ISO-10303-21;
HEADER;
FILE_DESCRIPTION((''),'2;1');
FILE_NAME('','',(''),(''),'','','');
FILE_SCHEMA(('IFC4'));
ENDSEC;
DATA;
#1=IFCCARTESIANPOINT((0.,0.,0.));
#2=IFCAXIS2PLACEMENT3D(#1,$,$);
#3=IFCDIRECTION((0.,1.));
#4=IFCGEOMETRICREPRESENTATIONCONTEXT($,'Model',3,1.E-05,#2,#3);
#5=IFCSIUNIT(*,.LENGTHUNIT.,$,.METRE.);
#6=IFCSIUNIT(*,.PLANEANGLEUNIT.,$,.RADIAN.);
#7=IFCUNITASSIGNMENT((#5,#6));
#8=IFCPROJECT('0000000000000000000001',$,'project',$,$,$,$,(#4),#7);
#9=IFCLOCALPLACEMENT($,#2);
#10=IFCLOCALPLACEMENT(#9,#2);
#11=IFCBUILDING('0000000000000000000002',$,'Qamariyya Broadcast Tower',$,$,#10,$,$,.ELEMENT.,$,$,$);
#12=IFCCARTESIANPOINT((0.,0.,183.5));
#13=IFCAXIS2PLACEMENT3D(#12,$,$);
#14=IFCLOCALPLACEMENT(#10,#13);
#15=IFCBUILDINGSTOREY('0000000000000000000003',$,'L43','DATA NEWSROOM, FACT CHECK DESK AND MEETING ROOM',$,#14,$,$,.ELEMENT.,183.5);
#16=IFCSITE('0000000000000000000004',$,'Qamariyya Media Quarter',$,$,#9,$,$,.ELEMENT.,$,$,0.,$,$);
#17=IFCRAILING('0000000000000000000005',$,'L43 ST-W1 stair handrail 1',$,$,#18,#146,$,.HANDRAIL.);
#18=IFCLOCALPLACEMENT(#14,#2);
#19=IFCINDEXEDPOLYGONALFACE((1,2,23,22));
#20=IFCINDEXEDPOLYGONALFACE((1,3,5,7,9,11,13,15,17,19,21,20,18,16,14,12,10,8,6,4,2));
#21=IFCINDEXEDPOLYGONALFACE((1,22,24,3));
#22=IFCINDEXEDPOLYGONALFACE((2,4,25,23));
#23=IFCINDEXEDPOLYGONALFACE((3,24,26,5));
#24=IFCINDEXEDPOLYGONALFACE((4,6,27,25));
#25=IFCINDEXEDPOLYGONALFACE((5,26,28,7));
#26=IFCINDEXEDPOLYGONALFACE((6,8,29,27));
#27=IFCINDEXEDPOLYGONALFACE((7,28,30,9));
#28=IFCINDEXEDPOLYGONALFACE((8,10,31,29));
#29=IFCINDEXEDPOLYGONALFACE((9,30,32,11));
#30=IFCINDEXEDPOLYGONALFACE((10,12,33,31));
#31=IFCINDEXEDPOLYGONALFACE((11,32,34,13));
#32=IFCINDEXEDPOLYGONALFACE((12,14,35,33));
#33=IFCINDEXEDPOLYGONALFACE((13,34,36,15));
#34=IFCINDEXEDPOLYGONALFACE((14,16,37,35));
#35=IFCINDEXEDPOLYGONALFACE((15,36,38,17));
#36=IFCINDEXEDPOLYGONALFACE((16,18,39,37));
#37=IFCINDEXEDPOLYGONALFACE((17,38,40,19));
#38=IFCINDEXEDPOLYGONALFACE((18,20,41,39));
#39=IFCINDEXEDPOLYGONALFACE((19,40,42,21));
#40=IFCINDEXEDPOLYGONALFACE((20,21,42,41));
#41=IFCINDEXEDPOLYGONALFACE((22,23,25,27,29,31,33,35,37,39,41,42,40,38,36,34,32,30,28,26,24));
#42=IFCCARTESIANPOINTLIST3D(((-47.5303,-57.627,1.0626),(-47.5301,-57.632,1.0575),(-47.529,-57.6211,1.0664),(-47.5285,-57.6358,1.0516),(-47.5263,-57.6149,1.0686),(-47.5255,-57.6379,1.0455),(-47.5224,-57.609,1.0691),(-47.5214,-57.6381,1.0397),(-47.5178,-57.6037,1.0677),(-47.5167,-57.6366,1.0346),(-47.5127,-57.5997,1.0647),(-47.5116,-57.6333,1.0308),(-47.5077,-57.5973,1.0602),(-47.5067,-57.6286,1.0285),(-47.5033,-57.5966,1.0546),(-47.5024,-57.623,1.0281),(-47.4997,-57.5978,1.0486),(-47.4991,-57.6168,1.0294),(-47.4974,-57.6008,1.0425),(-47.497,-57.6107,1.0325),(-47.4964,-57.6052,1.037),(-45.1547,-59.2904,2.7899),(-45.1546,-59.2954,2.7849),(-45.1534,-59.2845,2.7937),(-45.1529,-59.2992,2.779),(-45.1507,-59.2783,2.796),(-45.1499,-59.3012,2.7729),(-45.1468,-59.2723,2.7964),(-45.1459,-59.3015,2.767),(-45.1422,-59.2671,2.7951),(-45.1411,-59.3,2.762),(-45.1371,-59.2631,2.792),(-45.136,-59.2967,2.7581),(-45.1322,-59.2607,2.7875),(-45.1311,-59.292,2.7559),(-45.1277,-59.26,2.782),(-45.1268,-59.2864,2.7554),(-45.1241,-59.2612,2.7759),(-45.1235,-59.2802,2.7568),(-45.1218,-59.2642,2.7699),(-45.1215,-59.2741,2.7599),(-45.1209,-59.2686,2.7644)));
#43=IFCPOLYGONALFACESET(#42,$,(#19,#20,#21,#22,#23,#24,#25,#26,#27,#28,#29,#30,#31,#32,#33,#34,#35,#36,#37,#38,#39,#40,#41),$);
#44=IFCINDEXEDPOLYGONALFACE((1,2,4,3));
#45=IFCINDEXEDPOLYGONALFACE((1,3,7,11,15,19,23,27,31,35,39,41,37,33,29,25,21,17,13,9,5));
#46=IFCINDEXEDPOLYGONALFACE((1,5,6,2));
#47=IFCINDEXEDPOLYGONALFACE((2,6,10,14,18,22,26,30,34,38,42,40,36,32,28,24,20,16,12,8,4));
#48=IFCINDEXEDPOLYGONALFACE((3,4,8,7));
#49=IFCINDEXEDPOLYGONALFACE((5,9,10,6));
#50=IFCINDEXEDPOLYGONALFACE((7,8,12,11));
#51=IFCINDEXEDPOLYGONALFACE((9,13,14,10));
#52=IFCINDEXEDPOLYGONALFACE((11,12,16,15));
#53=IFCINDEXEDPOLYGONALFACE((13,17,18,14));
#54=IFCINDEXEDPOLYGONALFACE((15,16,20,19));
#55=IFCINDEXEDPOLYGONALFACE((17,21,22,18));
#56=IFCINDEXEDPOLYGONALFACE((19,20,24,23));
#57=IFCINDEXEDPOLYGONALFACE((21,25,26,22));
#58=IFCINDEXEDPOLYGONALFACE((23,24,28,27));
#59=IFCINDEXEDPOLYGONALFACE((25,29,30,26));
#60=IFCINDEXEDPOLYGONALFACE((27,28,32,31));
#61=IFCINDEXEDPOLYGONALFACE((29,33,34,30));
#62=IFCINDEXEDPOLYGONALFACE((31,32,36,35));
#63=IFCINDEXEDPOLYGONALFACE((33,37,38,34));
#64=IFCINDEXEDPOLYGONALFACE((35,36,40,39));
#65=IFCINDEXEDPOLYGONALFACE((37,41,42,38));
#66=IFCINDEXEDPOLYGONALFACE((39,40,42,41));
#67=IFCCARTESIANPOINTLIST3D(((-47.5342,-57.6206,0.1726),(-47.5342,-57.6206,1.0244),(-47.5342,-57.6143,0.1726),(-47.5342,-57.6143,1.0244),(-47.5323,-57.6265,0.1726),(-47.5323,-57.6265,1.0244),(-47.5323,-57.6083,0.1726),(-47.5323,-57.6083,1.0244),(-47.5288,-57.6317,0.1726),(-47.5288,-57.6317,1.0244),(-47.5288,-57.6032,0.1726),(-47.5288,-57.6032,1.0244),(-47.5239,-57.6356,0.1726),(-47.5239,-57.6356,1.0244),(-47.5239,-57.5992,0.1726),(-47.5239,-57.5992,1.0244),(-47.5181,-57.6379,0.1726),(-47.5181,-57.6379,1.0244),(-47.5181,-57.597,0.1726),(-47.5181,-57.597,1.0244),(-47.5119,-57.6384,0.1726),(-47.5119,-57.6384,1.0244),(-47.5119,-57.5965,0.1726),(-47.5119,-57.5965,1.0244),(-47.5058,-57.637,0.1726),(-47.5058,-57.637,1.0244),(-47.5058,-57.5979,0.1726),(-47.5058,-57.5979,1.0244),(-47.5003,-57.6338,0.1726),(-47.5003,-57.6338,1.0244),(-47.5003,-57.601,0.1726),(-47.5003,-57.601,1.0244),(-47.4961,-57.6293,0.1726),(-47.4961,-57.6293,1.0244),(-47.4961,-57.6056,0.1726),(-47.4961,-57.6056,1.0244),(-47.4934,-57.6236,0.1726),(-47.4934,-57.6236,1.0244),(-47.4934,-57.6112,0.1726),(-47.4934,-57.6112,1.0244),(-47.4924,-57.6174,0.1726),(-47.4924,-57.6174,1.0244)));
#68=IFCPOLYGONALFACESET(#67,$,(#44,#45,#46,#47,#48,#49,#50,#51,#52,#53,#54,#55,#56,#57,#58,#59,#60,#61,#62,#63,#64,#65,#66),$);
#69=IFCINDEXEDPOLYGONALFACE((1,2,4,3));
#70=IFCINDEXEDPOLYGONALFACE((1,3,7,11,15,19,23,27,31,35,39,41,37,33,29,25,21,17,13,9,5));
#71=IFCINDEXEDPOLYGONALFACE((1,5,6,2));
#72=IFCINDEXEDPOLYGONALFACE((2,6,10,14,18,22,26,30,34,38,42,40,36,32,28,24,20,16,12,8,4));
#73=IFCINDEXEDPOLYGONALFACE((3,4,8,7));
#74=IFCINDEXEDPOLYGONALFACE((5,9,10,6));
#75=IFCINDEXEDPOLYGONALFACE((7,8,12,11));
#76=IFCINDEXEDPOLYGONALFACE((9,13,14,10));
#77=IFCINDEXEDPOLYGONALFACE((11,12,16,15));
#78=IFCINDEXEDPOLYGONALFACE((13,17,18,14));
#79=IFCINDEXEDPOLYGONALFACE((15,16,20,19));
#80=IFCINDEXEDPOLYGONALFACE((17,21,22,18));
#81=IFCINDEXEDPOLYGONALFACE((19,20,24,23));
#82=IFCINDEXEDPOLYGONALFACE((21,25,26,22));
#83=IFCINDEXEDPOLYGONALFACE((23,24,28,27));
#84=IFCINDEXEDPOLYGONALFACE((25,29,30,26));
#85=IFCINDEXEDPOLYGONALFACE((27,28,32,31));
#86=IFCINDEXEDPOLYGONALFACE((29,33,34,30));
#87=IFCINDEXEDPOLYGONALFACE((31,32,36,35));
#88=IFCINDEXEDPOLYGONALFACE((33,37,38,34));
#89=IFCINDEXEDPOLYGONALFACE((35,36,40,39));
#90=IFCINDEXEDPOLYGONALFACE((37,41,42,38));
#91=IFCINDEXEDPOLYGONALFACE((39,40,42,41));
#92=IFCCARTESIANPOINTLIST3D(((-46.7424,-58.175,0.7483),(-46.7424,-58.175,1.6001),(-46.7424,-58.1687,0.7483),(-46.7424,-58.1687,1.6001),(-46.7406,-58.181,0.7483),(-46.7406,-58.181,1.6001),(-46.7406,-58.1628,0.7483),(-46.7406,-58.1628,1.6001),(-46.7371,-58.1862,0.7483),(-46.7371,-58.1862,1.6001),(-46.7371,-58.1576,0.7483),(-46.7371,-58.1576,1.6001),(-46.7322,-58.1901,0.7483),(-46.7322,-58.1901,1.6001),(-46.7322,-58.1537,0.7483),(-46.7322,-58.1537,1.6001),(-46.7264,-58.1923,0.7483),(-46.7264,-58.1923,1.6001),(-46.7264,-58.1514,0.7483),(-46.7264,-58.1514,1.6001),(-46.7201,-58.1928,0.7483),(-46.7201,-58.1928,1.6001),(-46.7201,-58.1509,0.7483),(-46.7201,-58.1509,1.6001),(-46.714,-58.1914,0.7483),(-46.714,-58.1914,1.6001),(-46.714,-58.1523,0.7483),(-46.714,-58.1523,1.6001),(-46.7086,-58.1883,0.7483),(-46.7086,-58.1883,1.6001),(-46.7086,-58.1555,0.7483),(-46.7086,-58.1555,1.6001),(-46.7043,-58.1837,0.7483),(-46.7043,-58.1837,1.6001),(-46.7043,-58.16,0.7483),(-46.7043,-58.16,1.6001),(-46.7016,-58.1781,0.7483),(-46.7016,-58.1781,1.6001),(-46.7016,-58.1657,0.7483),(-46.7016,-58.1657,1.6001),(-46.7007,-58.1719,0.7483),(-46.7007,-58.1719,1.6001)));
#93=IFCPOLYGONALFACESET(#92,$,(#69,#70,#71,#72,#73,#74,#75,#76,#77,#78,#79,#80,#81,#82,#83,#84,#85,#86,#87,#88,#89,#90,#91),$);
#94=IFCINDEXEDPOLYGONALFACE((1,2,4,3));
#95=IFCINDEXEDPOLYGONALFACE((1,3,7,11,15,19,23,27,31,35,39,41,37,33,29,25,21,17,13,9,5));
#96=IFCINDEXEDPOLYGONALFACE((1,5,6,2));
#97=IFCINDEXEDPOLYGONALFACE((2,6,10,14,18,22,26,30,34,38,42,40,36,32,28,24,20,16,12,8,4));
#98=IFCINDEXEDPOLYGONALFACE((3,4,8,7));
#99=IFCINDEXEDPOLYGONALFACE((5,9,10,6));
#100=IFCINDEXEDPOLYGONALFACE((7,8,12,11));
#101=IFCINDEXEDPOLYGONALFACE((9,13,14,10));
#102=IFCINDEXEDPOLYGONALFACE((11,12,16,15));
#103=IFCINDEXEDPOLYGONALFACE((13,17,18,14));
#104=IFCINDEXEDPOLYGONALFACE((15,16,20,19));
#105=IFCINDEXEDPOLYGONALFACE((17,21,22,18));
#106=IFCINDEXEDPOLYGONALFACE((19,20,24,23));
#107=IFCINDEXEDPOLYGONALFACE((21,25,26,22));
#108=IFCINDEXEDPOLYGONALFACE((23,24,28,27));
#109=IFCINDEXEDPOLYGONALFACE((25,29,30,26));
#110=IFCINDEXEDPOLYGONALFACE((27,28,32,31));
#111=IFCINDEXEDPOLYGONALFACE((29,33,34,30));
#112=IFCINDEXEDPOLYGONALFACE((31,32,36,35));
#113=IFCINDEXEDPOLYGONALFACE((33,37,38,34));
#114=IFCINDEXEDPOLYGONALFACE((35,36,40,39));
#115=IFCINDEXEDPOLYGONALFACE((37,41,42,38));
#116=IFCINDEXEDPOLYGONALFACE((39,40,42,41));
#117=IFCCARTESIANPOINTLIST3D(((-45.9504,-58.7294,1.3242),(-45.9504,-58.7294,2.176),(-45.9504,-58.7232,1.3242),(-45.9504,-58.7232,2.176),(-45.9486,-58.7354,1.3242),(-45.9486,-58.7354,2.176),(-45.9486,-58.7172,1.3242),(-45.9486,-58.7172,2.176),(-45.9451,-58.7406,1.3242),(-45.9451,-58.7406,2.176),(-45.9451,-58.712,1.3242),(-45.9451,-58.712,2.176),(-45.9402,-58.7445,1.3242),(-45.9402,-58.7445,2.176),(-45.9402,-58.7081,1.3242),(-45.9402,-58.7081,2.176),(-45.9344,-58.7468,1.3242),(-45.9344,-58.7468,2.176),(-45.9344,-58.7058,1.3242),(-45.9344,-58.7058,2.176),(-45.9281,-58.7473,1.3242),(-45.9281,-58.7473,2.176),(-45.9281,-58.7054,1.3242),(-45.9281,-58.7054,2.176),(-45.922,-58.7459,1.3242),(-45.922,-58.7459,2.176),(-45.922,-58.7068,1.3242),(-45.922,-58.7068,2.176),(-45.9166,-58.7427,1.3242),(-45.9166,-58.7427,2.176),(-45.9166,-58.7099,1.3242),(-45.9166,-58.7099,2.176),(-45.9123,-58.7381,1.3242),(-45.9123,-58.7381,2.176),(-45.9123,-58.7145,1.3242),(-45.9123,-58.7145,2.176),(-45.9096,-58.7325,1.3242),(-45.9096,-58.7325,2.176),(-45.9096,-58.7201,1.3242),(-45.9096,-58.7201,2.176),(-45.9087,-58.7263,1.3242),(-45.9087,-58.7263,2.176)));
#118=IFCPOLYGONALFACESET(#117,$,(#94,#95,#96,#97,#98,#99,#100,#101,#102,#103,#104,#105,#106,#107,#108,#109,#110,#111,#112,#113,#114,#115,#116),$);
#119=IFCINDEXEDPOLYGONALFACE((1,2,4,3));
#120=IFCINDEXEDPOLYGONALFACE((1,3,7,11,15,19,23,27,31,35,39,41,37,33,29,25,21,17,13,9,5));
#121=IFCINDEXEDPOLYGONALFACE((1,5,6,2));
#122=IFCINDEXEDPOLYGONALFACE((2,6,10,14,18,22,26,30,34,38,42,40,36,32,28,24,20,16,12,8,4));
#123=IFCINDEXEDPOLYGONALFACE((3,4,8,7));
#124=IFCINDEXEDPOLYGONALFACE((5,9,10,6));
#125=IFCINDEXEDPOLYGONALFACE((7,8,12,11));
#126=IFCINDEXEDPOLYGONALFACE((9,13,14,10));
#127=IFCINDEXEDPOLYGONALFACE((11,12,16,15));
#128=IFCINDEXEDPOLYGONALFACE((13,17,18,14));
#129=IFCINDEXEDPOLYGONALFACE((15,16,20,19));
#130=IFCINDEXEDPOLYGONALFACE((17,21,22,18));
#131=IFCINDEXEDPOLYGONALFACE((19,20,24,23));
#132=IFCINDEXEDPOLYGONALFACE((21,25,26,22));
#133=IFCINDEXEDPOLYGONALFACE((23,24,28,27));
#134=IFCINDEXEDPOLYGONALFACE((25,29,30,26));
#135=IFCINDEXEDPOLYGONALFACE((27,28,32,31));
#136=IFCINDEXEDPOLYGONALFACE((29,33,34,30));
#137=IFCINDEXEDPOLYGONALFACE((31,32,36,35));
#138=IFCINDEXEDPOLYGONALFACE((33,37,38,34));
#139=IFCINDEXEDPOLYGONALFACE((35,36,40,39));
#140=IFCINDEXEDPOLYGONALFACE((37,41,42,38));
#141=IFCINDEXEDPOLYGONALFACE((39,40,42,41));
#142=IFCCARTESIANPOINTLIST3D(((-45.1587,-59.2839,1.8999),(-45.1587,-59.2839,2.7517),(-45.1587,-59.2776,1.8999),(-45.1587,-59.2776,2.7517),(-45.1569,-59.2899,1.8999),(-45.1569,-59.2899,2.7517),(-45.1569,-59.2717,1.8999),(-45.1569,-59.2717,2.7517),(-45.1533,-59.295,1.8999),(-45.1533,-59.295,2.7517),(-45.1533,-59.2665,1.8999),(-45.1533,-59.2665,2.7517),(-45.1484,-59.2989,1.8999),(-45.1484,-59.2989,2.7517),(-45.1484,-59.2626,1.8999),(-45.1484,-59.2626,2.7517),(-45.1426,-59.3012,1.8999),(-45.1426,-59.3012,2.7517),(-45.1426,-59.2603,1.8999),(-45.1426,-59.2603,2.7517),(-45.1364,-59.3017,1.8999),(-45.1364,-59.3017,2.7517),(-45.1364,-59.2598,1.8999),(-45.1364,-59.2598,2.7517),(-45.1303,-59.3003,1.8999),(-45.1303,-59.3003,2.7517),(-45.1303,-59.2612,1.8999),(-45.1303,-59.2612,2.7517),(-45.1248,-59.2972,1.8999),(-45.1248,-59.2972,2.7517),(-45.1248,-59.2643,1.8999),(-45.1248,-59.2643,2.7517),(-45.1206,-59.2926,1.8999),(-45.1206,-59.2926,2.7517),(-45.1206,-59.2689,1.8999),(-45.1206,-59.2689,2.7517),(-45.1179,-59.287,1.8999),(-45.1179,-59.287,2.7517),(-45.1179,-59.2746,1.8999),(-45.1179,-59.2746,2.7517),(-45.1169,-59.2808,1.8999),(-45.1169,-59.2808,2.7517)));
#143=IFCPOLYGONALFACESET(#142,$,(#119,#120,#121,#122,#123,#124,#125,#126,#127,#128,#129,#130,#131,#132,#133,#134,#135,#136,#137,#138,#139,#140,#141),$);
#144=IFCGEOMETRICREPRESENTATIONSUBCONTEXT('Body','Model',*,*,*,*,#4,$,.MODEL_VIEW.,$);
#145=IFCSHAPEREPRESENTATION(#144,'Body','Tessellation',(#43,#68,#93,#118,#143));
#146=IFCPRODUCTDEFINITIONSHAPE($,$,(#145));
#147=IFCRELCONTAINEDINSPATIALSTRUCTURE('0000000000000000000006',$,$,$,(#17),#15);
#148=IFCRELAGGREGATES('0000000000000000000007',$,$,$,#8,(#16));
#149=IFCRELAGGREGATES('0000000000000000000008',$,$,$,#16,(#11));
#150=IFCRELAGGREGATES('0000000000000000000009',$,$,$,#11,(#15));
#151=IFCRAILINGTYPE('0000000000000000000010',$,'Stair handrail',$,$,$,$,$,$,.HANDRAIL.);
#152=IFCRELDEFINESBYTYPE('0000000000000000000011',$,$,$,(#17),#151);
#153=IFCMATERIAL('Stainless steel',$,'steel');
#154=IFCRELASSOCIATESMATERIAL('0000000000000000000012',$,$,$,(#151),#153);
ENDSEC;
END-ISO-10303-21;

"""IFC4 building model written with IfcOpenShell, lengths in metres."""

from ifc_helpers import new_model, si_unit, direction, frame, origin, origin_2d, place, context, subcontext, project, spatial, circle, extrude, material, type_object, element, save


model = new_model("IFC4")

# Units and contexts
model_context = context("Model", 3, precision=1e-05, world=origin(), true_north=direction((0.0, 1.0)))
body_context = subcontext(model_context, "Body", "Model", "MODEL_VIEW")
ifc_project = project(units=[si_unit("LENGTHUNIT", "METRE"), si_unit("PLANEANGLEUNIT", "RADIAN")], contexts=[model_context])

# Site, building, storey
site_placement = place(None, origin())
site = spatial("IfcSite", under=ifc_project, at=site_placement, Name="Qamariyya Media Quarter", CompositionType="ELEMENT", RefElevation=0.0)
building_placement = place(site_placement, origin())
building = spatial("IfcBuilding", under=site, at=building_placement, Name="Qamariyya Broadcast Tower", CompositionType="ELEMENT")
storey_placement = place(building_placement, frame((0.0, 0.0, 183.5)))
storey = spatial("IfcBuildingStorey", under=building, at=storey_placement, Name="L43", Description="DATA NEWSROOM, FACT CHECK DESK AND MEETING ROOM", CompositionType="ELEMENT", Elevation=183.5)

# Railing
ifc_material_1 = material(Name="Stainless steel", Category="steel")
railing_type_1 = type_object("IfcRailingType", Name="Stair handrail", PredefinedType="HANDRAIL", material=ifc_material_1)
railing_1_placement = place(storey_placement, frame((-47.5134, -57.6174, 0.1726)))
element("IfcRailing", 1, at=railing_1_placement, inside=storey, type_object=railing_type_1, Name="L43 ST-W1 stair handrail 1", PredefinedType="HANDRAIL", context=body_context, shape_type="SweptSolid", body=[
    extrude(circle(Radius=0.0239, at=origin_2d()), frame((0.0, 0.0, 0.876), z_axis=(0.70377, -0.492784, 0.511734), x_axis=(0.573575, 0.819153, 0.0)), (0.0, 0.0, 1.0), 3.3755),
    extrude(circle(Radius=0.021, at=origin_2d()), origin(), (0.0, 0.0, 1.0), 0.8518),
    extrude(circle(Radius=0.021, at=origin_2d()), frame((0.7917, -0.5544, 0.5757)), (0.0, 0.0, 1.0), 0.8518),
    extrude(circle(Radius=0.021, at=origin_2d()), frame((1.5837, -1.1089, 1.1516)), (0.0, 0.0, 1.0), 0.8518),
    extrude(circle(Radius=0.021, at=origin_2d()), frame((2.3755, -1.6633, 1.7273)), (0.0, 0.0, 1.0), 0.8518),
])

save(model, "model.ifc")
